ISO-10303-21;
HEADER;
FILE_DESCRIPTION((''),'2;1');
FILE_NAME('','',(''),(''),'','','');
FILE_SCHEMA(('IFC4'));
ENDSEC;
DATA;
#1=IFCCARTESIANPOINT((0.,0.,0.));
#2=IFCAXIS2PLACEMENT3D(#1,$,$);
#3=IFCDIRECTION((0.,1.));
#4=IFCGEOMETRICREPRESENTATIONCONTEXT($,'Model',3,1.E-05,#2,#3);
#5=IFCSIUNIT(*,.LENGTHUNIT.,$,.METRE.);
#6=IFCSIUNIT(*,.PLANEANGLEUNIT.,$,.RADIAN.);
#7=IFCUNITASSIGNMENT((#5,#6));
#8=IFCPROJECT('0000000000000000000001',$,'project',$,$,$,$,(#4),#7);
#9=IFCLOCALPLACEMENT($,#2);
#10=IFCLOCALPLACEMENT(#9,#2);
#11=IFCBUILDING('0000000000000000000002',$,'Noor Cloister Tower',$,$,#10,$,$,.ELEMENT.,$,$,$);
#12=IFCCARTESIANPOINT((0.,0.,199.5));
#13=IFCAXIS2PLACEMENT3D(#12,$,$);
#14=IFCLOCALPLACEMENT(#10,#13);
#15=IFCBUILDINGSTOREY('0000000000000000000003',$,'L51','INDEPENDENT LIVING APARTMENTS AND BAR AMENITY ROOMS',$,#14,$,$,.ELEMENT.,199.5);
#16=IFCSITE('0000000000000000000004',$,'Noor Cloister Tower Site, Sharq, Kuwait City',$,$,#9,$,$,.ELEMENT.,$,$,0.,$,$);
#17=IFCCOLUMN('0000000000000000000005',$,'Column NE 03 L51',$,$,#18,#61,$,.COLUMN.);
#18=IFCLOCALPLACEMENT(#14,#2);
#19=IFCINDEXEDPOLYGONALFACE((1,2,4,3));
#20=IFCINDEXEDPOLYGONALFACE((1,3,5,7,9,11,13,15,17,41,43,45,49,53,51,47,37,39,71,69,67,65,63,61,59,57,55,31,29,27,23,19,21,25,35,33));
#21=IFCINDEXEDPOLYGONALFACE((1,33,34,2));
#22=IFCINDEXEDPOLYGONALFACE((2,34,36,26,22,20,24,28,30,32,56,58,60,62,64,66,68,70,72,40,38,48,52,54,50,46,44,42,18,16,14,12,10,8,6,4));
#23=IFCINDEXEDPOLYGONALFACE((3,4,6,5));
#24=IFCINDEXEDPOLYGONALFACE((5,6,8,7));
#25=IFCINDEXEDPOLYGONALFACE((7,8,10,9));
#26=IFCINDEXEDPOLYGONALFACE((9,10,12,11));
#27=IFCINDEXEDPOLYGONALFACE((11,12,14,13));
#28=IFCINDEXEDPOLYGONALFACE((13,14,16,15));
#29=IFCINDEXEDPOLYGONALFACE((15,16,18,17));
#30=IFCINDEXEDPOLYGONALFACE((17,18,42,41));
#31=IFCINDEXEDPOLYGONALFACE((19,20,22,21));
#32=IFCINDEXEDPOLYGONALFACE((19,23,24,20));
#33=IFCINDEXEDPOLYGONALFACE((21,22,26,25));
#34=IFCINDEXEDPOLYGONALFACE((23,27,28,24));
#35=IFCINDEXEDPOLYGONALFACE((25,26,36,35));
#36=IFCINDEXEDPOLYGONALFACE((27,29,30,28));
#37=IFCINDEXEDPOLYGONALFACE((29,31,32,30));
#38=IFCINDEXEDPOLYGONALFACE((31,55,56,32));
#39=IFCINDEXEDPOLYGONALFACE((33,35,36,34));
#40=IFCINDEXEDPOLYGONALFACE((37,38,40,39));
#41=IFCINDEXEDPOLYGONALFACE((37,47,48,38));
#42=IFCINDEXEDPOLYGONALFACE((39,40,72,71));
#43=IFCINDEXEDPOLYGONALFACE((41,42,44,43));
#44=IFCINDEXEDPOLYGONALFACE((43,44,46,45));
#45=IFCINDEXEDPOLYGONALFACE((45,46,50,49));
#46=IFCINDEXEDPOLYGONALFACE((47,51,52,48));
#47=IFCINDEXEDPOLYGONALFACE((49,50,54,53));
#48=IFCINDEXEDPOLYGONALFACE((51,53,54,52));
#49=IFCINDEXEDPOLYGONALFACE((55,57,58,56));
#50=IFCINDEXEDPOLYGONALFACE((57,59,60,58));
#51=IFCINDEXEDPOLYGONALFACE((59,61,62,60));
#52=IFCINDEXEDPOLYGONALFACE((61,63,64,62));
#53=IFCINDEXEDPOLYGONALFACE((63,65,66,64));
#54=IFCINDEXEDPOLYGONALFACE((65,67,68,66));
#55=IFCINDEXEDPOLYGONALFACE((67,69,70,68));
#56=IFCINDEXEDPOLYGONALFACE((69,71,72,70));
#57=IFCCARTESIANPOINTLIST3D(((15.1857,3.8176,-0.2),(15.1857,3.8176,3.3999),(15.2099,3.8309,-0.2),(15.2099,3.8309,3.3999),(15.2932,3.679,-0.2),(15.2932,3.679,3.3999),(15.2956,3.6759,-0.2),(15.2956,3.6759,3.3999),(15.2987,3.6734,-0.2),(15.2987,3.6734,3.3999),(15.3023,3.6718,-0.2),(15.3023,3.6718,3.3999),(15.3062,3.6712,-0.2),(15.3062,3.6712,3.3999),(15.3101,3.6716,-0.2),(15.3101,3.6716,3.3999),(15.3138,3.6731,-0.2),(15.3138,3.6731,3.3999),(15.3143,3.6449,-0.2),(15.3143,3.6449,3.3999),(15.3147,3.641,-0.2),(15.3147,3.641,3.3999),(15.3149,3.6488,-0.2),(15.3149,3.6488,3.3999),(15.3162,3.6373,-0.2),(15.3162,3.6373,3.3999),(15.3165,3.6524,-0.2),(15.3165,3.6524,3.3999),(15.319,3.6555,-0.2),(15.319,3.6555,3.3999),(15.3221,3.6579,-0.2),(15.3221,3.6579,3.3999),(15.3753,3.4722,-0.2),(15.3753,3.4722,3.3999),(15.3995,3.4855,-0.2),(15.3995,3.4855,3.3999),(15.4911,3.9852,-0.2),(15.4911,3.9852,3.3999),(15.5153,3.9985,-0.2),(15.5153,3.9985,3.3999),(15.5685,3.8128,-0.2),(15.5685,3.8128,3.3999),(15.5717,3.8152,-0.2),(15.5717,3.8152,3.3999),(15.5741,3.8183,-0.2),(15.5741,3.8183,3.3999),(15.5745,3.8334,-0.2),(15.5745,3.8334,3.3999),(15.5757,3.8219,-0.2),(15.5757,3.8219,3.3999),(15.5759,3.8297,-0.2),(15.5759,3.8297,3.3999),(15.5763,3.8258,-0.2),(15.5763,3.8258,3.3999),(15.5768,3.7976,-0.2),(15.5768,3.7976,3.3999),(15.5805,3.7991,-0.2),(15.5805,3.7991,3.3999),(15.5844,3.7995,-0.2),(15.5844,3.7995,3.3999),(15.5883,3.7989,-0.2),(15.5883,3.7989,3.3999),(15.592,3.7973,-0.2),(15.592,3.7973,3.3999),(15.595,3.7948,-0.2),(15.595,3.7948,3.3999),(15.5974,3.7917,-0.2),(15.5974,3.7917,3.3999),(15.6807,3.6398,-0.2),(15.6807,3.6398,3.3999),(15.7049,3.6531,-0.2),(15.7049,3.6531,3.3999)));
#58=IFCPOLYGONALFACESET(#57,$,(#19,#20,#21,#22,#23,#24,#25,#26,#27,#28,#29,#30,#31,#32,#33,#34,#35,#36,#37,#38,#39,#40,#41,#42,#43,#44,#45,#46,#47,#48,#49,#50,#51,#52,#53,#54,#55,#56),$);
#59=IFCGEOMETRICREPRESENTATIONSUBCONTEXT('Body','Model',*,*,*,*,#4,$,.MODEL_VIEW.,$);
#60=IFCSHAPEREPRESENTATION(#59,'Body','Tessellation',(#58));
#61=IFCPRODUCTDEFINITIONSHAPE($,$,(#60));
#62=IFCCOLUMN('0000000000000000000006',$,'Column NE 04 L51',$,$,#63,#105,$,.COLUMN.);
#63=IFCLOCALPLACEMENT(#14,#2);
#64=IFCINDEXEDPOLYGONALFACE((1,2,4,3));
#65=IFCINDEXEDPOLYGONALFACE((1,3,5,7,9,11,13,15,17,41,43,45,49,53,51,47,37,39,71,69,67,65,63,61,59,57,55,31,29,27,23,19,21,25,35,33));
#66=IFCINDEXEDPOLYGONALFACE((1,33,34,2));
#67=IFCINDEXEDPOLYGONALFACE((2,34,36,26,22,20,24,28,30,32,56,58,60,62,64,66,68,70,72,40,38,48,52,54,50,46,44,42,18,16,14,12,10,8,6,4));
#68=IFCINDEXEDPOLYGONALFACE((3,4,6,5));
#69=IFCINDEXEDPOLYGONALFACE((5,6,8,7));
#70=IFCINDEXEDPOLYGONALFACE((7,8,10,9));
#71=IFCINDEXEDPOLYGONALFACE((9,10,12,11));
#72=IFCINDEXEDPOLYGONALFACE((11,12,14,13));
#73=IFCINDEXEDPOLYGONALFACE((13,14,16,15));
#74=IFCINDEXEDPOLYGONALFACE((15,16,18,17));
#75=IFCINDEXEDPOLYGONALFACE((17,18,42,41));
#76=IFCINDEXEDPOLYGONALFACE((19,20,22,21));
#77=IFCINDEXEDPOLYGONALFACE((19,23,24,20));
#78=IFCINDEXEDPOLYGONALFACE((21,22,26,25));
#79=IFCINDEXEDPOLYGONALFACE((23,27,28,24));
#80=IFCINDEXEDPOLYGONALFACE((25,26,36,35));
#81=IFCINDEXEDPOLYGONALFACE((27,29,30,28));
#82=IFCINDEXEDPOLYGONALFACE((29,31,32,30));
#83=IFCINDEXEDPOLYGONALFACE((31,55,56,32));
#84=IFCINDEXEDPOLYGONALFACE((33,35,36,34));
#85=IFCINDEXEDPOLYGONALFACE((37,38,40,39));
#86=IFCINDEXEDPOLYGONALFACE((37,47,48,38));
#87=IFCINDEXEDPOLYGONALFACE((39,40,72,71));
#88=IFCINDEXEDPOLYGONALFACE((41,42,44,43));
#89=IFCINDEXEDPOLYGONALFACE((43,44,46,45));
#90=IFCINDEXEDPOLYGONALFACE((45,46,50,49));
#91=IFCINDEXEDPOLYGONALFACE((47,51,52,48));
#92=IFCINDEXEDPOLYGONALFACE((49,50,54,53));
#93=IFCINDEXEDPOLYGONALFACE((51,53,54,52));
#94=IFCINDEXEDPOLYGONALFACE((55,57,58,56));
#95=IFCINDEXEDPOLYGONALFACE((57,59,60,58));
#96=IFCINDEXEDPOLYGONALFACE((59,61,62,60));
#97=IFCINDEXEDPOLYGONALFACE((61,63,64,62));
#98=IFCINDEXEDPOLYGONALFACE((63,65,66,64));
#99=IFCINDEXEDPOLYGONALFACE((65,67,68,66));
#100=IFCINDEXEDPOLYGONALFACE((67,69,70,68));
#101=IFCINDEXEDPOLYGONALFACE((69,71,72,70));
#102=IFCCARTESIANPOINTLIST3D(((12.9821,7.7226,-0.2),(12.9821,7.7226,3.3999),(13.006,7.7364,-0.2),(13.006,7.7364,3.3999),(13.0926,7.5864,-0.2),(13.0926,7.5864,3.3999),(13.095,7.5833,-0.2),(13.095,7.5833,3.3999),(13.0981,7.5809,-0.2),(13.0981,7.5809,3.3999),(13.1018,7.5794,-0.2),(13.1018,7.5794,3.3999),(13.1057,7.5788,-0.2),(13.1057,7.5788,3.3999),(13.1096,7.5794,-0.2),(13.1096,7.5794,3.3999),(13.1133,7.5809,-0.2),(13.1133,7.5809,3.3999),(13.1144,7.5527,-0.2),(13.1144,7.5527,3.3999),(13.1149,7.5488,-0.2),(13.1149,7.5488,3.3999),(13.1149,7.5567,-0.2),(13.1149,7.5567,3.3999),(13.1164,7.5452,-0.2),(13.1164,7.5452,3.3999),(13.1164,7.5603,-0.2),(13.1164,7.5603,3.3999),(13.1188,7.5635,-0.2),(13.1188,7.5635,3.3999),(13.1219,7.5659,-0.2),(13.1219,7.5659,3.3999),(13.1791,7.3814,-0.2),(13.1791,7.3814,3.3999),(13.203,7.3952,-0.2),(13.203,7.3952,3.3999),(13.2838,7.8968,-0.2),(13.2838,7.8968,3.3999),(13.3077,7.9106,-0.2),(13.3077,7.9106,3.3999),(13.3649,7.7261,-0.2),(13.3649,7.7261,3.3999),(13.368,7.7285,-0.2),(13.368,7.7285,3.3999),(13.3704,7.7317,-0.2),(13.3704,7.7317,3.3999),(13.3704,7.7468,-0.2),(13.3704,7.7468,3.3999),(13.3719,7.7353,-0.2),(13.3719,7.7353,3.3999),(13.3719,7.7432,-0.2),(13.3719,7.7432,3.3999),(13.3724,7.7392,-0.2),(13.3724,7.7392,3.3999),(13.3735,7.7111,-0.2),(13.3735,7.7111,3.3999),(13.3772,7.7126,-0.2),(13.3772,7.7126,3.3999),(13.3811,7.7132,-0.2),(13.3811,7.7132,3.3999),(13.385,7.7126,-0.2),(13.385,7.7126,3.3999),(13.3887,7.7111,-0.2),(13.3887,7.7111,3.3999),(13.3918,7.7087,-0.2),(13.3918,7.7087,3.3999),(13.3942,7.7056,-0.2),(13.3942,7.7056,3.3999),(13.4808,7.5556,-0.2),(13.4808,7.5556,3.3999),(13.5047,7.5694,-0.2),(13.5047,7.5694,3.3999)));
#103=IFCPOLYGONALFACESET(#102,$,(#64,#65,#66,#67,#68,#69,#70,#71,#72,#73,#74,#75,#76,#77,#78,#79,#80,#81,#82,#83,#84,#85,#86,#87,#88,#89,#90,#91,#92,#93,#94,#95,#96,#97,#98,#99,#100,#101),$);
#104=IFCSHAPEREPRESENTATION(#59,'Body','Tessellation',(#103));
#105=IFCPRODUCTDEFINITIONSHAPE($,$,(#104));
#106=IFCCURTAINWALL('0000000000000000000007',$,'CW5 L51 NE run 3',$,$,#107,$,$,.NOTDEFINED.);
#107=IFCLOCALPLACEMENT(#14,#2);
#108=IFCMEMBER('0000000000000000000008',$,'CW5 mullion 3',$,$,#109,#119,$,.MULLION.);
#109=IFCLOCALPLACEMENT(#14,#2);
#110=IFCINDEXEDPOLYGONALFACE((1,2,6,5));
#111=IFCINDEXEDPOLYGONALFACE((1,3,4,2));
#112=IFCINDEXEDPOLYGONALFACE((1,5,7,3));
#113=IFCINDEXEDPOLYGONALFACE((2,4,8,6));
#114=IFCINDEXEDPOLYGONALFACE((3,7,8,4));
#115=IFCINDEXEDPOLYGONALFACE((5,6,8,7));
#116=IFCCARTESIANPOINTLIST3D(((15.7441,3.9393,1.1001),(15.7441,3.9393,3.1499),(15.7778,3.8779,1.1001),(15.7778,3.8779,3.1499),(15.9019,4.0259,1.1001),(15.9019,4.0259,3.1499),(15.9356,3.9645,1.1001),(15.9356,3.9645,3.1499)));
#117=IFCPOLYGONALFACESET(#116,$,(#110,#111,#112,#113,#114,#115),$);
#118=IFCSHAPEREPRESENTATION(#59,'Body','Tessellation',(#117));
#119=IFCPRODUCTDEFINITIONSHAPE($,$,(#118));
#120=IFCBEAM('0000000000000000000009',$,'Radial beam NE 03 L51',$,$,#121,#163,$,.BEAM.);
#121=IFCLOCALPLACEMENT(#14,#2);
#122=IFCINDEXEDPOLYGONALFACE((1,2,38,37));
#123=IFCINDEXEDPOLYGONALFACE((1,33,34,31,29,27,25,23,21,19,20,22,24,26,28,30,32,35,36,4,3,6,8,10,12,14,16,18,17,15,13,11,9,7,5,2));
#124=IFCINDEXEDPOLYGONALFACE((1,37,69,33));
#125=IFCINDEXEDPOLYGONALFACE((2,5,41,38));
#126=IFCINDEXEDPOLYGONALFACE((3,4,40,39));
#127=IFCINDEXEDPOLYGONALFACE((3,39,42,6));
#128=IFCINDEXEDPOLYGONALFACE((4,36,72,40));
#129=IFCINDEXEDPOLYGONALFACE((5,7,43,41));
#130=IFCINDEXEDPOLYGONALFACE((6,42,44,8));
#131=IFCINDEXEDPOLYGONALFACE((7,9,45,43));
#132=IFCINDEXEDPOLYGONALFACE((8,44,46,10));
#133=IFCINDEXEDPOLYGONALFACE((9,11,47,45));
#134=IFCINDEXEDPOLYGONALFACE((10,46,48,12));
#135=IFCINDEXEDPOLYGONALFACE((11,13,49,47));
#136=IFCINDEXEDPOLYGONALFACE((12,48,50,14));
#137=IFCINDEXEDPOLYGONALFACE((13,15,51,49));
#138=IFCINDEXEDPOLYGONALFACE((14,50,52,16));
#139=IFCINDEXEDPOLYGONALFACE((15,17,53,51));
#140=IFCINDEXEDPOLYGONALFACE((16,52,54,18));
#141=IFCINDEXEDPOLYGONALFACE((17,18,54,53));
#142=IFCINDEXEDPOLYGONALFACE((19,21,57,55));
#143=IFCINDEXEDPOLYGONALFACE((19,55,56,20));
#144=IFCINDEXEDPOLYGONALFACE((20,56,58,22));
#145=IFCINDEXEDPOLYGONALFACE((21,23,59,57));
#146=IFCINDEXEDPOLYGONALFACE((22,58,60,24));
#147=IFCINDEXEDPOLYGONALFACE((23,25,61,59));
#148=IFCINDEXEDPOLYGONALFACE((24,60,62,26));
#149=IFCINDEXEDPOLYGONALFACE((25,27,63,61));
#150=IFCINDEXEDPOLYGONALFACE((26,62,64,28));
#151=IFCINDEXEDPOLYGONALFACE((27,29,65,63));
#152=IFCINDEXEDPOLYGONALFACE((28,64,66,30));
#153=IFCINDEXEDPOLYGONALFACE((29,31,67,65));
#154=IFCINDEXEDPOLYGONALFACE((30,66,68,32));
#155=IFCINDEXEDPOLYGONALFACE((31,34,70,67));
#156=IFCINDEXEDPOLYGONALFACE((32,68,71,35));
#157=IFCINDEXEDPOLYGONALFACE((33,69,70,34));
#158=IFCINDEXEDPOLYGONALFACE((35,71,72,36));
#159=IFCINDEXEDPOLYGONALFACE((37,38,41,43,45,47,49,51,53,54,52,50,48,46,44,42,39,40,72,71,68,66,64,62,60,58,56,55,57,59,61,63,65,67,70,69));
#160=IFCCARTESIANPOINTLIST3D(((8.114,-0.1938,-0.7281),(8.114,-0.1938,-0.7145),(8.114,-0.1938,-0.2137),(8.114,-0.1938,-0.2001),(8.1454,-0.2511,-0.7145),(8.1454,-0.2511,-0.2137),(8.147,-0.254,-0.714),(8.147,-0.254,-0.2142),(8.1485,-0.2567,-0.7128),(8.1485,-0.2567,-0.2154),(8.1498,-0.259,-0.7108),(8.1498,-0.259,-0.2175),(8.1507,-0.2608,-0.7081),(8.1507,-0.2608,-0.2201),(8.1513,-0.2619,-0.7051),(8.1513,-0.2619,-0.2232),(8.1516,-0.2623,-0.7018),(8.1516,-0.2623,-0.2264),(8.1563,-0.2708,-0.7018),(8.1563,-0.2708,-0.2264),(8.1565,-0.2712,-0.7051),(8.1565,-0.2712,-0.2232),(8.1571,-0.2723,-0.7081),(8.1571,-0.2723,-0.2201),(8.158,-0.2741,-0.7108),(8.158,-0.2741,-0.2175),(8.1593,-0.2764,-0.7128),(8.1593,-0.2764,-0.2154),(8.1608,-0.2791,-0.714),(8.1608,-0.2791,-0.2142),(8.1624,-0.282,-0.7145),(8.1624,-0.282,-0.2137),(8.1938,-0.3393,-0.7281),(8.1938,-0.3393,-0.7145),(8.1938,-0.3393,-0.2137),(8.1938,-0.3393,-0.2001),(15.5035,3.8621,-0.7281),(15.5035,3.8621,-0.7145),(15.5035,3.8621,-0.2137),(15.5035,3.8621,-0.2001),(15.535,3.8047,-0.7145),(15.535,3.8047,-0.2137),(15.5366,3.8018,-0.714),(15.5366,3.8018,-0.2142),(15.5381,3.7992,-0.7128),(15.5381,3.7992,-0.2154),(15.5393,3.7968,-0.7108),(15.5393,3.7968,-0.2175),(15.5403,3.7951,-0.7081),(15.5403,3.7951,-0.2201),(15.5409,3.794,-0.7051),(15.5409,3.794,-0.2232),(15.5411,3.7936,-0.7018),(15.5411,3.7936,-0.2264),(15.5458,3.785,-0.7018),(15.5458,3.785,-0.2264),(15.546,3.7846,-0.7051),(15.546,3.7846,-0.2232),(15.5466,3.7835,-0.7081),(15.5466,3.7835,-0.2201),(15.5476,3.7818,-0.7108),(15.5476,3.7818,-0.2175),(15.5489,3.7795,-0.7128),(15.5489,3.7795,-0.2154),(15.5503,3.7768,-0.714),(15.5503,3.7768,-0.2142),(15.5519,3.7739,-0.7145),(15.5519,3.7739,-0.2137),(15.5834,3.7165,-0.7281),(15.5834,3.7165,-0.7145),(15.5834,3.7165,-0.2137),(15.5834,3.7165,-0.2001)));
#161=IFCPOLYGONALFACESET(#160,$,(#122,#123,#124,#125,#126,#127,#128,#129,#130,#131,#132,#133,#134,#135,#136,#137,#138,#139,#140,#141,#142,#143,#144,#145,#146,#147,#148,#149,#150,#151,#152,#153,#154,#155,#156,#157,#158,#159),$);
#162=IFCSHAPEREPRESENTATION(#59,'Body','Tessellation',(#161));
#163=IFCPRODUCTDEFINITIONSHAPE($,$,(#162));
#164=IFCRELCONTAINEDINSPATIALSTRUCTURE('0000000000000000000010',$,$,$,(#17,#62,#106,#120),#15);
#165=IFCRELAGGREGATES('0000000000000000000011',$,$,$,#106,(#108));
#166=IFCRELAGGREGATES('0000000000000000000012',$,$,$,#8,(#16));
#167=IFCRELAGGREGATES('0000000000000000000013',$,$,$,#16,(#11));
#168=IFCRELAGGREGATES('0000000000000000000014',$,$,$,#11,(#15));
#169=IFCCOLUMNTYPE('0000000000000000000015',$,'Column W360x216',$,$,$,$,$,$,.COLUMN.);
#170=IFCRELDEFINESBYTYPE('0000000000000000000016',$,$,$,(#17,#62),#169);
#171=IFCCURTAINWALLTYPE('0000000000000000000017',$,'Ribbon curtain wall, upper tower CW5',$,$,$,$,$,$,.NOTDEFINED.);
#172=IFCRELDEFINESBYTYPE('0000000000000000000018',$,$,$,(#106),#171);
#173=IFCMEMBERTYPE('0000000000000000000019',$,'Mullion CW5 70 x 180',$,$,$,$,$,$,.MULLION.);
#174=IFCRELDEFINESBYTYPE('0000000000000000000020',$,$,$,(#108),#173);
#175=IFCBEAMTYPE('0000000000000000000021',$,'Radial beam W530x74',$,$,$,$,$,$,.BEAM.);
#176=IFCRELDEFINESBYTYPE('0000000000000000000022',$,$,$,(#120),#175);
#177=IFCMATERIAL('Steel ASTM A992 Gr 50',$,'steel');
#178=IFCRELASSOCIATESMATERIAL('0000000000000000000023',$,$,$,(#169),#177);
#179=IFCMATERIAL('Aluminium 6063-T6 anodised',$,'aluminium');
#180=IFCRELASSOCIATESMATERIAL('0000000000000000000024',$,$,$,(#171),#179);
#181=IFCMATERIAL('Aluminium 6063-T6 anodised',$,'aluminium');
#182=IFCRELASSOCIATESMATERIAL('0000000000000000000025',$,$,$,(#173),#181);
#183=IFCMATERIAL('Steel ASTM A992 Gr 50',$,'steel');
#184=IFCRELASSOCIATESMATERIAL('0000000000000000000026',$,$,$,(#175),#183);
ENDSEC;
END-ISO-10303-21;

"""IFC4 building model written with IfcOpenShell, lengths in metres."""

from ifc_helpers import new_model, si_unit, direction, frame, origin, origin_2d, place, context, subcontext, project, spatial, rectangle, i_section, extrude, material, material_profile, profile_set, type_object, element, aggregate, save


model = new_model("IFC4")

# Units and contexts
model_context = context("Model", 3, precision=1e-05, world=origin(), true_north=direction((0.0, 1.0)))
body_context = subcontext(model_context, "Body", "Model", "MODEL_VIEW")
ifc_project = project(units=[si_unit("LENGTHUNIT", "METRE"), si_unit("PLANEANGLEUNIT", "RADIAN")], contexts=[model_context])

# Site, building, storey
site_placement = place(None, origin())
site = spatial("IfcSite", under=ifc_project, at=site_placement, Name="Noor Cloister Tower Site, Sharq, Kuwait City", CompositionType="ELEMENT", RefElevation=0.0)
building_placement = place(site_placement, origin())
building = spatial("IfcBuilding", under=site, at=building_placement, Name="Noor Cloister Tower", CompositionType="ELEMENT")
storey_placement = place(building_placement, frame((0.0, 0.0, 199.5)))
storey = spatial("IfcBuildingStorey", under=building, at=storey_placement, Name="L51", Description="INDEPENDENT LIVING APARTMENTS AND BAR AMENITY ROOMS", CompositionType="ELEMENT", Elevation=199.5)

# Columns
ifc_material_1 = material(Name="Steel ASTM A992 Gr 50", Category="steel")
ifc_material_profile_1 = material_profile(ifc_material_1, i_section(OverallWidth=0.394, OverallDepth=0.376, WebThickness=0.0173, FlangeThickness=0.0276, FilletRadius=0.0151, at=origin_2d()), Name="W360x216")
ifc_profile_set_1 = profile_set([ifc_material_profile_1], Name="Steel ASTM A992 Gr 50")
column_type = type_object("IfcColumnType", Name="Column W360x216", PredefinedType="COLUMN", material=ifc_profile_set_1)
for number, where, z_axis, x_axis, name in (
    (1, (15.4453, 3.7354, -0.2), (0.0, 0.0, 1.0), (-0.481143, 0.876642, 0.0), "Column NE 03 L51"),
    (2, (13.2434, 7.646, -0.2), (0.0, 0.0, 1.0), (-0.5, 0.866025, 0.0), "Column NE 04 L51"),
):
    element("IfcColumn", number, at=place(storey_placement, frame(where, z_axis=z_axis, x_axis=x_axis)), inside=storey, type_object=column_type, Name=name, PredefinedType="COLUMN", context=body_context, shape_type="SweptSolid", body=[
        extrude(i_section(OverallWidth=0.394, OverallDepth=0.376, WebThickness=0.0173, FlangeThickness=0.0276, FilletRadius=0.0151, at=origin_2d()), origin(), (0.0, 0.0, 1.0), 3.5999),
    ])

# Curtain wall, member
ifc_material_2 = material(Name="Aluminium 6063-T6 anodised", Category="aluminium")
curtain_wall_type = type_object("IfcCurtainWallType", Name="Ribbon curtain wall, upper tower CW5", PredefinedType="NOTDEFINED", material=ifc_material_2)
curtain_wall_placement = place(storey_placement, origin())
curtain_wall = element("IfcCurtainWall", 3, at=curtain_wall_placement, inside=storey, type_object=curtain_wall_type, Name="CW5 L51 NE run 3", PredefinedType="NOTDEFINED")
ifc_material_3 = material(Name="Aluminium 6063-T6 anodised", Category="aluminium")
ifc_material_profile_2 = material_profile(ifc_material_3, rectangle(XDim=0.1799, YDim=0.0701, at=origin_2d()), Name="180 x 70 mullion")
ifc_profile_set_2 = profile_set([ifc_material_profile_2], Name="Aluminium 6063-T6 anodised")
member_type = type_object("IfcMemberType", Name="Mullion CW5 70 x 180", PredefinedType="MULLION", material=ifc_profile_set_2)
member_placement = place(storey_placement, frame((15.8398, 3.9519, 1.1001), z_axis=(0.0, 0.0, 1.0), x_axis=(-0.876642, -0.481143, 0.0)))
member = element("IfcMember", 4, at=member_placement, type_object=member_type, Name="CW5 mullion 3", PredefinedType="MULLION", context=body_context, shape_type="SweptSolid", body=[
    extrude(rectangle(XDim=0.1799, YDim=0.0701, at=origin_2d()), origin(), (0.0, 0.0, 1.0), 2.0498),
])

# Beam
ifc_material_4 = material(Name="Steel ASTM A992 Gr 50", Category="steel")
ifc_material_profile_3 = material_profile(ifc_material_4, i_section(OverallWidth=0.166, OverallDepth=0.5281, WebThickness=0.0098, FlangeThickness=0.0137, FilletRadius=0.0127, at=origin_2d()), Name="W530x74")
ifc_profile_set_3 = profile_set([ifc_material_profile_3], Name="Steel ASTM A992 Gr 50")
beam_type_1 = type_object("IfcBeamType", Name="Radial beam W530x74", PredefinedType="BEAM", material=ifc_profile_set_3)
beam_1_placement = place(storey_placement, frame((15.5435, 3.7893, -0.4641), z_axis=(-0.876636, -0.481154, 0.0), x_axis=(0.481154, -0.876636, 0.0)))
element("IfcBeam", 5, at=beam_1_placement, inside=storey, type_object=beam_type_1, Name="Radial beam NE 03 L51", PredefinedType="BEAM", context=body_context, shape_type="SweptSolid", body=[
    extrude(i_section(OverallWidth=0.166, OverallDepth=0.5281, WebThickness=0.0098, FlangeThickness=0.0137, FilletRadius=0.0127, at=origin_2d()), origin(), (0.0, 0.0, 1.0), 8.4294),
])

aggregate(curtain_wall, [member])

save(model, "model.ifc")
